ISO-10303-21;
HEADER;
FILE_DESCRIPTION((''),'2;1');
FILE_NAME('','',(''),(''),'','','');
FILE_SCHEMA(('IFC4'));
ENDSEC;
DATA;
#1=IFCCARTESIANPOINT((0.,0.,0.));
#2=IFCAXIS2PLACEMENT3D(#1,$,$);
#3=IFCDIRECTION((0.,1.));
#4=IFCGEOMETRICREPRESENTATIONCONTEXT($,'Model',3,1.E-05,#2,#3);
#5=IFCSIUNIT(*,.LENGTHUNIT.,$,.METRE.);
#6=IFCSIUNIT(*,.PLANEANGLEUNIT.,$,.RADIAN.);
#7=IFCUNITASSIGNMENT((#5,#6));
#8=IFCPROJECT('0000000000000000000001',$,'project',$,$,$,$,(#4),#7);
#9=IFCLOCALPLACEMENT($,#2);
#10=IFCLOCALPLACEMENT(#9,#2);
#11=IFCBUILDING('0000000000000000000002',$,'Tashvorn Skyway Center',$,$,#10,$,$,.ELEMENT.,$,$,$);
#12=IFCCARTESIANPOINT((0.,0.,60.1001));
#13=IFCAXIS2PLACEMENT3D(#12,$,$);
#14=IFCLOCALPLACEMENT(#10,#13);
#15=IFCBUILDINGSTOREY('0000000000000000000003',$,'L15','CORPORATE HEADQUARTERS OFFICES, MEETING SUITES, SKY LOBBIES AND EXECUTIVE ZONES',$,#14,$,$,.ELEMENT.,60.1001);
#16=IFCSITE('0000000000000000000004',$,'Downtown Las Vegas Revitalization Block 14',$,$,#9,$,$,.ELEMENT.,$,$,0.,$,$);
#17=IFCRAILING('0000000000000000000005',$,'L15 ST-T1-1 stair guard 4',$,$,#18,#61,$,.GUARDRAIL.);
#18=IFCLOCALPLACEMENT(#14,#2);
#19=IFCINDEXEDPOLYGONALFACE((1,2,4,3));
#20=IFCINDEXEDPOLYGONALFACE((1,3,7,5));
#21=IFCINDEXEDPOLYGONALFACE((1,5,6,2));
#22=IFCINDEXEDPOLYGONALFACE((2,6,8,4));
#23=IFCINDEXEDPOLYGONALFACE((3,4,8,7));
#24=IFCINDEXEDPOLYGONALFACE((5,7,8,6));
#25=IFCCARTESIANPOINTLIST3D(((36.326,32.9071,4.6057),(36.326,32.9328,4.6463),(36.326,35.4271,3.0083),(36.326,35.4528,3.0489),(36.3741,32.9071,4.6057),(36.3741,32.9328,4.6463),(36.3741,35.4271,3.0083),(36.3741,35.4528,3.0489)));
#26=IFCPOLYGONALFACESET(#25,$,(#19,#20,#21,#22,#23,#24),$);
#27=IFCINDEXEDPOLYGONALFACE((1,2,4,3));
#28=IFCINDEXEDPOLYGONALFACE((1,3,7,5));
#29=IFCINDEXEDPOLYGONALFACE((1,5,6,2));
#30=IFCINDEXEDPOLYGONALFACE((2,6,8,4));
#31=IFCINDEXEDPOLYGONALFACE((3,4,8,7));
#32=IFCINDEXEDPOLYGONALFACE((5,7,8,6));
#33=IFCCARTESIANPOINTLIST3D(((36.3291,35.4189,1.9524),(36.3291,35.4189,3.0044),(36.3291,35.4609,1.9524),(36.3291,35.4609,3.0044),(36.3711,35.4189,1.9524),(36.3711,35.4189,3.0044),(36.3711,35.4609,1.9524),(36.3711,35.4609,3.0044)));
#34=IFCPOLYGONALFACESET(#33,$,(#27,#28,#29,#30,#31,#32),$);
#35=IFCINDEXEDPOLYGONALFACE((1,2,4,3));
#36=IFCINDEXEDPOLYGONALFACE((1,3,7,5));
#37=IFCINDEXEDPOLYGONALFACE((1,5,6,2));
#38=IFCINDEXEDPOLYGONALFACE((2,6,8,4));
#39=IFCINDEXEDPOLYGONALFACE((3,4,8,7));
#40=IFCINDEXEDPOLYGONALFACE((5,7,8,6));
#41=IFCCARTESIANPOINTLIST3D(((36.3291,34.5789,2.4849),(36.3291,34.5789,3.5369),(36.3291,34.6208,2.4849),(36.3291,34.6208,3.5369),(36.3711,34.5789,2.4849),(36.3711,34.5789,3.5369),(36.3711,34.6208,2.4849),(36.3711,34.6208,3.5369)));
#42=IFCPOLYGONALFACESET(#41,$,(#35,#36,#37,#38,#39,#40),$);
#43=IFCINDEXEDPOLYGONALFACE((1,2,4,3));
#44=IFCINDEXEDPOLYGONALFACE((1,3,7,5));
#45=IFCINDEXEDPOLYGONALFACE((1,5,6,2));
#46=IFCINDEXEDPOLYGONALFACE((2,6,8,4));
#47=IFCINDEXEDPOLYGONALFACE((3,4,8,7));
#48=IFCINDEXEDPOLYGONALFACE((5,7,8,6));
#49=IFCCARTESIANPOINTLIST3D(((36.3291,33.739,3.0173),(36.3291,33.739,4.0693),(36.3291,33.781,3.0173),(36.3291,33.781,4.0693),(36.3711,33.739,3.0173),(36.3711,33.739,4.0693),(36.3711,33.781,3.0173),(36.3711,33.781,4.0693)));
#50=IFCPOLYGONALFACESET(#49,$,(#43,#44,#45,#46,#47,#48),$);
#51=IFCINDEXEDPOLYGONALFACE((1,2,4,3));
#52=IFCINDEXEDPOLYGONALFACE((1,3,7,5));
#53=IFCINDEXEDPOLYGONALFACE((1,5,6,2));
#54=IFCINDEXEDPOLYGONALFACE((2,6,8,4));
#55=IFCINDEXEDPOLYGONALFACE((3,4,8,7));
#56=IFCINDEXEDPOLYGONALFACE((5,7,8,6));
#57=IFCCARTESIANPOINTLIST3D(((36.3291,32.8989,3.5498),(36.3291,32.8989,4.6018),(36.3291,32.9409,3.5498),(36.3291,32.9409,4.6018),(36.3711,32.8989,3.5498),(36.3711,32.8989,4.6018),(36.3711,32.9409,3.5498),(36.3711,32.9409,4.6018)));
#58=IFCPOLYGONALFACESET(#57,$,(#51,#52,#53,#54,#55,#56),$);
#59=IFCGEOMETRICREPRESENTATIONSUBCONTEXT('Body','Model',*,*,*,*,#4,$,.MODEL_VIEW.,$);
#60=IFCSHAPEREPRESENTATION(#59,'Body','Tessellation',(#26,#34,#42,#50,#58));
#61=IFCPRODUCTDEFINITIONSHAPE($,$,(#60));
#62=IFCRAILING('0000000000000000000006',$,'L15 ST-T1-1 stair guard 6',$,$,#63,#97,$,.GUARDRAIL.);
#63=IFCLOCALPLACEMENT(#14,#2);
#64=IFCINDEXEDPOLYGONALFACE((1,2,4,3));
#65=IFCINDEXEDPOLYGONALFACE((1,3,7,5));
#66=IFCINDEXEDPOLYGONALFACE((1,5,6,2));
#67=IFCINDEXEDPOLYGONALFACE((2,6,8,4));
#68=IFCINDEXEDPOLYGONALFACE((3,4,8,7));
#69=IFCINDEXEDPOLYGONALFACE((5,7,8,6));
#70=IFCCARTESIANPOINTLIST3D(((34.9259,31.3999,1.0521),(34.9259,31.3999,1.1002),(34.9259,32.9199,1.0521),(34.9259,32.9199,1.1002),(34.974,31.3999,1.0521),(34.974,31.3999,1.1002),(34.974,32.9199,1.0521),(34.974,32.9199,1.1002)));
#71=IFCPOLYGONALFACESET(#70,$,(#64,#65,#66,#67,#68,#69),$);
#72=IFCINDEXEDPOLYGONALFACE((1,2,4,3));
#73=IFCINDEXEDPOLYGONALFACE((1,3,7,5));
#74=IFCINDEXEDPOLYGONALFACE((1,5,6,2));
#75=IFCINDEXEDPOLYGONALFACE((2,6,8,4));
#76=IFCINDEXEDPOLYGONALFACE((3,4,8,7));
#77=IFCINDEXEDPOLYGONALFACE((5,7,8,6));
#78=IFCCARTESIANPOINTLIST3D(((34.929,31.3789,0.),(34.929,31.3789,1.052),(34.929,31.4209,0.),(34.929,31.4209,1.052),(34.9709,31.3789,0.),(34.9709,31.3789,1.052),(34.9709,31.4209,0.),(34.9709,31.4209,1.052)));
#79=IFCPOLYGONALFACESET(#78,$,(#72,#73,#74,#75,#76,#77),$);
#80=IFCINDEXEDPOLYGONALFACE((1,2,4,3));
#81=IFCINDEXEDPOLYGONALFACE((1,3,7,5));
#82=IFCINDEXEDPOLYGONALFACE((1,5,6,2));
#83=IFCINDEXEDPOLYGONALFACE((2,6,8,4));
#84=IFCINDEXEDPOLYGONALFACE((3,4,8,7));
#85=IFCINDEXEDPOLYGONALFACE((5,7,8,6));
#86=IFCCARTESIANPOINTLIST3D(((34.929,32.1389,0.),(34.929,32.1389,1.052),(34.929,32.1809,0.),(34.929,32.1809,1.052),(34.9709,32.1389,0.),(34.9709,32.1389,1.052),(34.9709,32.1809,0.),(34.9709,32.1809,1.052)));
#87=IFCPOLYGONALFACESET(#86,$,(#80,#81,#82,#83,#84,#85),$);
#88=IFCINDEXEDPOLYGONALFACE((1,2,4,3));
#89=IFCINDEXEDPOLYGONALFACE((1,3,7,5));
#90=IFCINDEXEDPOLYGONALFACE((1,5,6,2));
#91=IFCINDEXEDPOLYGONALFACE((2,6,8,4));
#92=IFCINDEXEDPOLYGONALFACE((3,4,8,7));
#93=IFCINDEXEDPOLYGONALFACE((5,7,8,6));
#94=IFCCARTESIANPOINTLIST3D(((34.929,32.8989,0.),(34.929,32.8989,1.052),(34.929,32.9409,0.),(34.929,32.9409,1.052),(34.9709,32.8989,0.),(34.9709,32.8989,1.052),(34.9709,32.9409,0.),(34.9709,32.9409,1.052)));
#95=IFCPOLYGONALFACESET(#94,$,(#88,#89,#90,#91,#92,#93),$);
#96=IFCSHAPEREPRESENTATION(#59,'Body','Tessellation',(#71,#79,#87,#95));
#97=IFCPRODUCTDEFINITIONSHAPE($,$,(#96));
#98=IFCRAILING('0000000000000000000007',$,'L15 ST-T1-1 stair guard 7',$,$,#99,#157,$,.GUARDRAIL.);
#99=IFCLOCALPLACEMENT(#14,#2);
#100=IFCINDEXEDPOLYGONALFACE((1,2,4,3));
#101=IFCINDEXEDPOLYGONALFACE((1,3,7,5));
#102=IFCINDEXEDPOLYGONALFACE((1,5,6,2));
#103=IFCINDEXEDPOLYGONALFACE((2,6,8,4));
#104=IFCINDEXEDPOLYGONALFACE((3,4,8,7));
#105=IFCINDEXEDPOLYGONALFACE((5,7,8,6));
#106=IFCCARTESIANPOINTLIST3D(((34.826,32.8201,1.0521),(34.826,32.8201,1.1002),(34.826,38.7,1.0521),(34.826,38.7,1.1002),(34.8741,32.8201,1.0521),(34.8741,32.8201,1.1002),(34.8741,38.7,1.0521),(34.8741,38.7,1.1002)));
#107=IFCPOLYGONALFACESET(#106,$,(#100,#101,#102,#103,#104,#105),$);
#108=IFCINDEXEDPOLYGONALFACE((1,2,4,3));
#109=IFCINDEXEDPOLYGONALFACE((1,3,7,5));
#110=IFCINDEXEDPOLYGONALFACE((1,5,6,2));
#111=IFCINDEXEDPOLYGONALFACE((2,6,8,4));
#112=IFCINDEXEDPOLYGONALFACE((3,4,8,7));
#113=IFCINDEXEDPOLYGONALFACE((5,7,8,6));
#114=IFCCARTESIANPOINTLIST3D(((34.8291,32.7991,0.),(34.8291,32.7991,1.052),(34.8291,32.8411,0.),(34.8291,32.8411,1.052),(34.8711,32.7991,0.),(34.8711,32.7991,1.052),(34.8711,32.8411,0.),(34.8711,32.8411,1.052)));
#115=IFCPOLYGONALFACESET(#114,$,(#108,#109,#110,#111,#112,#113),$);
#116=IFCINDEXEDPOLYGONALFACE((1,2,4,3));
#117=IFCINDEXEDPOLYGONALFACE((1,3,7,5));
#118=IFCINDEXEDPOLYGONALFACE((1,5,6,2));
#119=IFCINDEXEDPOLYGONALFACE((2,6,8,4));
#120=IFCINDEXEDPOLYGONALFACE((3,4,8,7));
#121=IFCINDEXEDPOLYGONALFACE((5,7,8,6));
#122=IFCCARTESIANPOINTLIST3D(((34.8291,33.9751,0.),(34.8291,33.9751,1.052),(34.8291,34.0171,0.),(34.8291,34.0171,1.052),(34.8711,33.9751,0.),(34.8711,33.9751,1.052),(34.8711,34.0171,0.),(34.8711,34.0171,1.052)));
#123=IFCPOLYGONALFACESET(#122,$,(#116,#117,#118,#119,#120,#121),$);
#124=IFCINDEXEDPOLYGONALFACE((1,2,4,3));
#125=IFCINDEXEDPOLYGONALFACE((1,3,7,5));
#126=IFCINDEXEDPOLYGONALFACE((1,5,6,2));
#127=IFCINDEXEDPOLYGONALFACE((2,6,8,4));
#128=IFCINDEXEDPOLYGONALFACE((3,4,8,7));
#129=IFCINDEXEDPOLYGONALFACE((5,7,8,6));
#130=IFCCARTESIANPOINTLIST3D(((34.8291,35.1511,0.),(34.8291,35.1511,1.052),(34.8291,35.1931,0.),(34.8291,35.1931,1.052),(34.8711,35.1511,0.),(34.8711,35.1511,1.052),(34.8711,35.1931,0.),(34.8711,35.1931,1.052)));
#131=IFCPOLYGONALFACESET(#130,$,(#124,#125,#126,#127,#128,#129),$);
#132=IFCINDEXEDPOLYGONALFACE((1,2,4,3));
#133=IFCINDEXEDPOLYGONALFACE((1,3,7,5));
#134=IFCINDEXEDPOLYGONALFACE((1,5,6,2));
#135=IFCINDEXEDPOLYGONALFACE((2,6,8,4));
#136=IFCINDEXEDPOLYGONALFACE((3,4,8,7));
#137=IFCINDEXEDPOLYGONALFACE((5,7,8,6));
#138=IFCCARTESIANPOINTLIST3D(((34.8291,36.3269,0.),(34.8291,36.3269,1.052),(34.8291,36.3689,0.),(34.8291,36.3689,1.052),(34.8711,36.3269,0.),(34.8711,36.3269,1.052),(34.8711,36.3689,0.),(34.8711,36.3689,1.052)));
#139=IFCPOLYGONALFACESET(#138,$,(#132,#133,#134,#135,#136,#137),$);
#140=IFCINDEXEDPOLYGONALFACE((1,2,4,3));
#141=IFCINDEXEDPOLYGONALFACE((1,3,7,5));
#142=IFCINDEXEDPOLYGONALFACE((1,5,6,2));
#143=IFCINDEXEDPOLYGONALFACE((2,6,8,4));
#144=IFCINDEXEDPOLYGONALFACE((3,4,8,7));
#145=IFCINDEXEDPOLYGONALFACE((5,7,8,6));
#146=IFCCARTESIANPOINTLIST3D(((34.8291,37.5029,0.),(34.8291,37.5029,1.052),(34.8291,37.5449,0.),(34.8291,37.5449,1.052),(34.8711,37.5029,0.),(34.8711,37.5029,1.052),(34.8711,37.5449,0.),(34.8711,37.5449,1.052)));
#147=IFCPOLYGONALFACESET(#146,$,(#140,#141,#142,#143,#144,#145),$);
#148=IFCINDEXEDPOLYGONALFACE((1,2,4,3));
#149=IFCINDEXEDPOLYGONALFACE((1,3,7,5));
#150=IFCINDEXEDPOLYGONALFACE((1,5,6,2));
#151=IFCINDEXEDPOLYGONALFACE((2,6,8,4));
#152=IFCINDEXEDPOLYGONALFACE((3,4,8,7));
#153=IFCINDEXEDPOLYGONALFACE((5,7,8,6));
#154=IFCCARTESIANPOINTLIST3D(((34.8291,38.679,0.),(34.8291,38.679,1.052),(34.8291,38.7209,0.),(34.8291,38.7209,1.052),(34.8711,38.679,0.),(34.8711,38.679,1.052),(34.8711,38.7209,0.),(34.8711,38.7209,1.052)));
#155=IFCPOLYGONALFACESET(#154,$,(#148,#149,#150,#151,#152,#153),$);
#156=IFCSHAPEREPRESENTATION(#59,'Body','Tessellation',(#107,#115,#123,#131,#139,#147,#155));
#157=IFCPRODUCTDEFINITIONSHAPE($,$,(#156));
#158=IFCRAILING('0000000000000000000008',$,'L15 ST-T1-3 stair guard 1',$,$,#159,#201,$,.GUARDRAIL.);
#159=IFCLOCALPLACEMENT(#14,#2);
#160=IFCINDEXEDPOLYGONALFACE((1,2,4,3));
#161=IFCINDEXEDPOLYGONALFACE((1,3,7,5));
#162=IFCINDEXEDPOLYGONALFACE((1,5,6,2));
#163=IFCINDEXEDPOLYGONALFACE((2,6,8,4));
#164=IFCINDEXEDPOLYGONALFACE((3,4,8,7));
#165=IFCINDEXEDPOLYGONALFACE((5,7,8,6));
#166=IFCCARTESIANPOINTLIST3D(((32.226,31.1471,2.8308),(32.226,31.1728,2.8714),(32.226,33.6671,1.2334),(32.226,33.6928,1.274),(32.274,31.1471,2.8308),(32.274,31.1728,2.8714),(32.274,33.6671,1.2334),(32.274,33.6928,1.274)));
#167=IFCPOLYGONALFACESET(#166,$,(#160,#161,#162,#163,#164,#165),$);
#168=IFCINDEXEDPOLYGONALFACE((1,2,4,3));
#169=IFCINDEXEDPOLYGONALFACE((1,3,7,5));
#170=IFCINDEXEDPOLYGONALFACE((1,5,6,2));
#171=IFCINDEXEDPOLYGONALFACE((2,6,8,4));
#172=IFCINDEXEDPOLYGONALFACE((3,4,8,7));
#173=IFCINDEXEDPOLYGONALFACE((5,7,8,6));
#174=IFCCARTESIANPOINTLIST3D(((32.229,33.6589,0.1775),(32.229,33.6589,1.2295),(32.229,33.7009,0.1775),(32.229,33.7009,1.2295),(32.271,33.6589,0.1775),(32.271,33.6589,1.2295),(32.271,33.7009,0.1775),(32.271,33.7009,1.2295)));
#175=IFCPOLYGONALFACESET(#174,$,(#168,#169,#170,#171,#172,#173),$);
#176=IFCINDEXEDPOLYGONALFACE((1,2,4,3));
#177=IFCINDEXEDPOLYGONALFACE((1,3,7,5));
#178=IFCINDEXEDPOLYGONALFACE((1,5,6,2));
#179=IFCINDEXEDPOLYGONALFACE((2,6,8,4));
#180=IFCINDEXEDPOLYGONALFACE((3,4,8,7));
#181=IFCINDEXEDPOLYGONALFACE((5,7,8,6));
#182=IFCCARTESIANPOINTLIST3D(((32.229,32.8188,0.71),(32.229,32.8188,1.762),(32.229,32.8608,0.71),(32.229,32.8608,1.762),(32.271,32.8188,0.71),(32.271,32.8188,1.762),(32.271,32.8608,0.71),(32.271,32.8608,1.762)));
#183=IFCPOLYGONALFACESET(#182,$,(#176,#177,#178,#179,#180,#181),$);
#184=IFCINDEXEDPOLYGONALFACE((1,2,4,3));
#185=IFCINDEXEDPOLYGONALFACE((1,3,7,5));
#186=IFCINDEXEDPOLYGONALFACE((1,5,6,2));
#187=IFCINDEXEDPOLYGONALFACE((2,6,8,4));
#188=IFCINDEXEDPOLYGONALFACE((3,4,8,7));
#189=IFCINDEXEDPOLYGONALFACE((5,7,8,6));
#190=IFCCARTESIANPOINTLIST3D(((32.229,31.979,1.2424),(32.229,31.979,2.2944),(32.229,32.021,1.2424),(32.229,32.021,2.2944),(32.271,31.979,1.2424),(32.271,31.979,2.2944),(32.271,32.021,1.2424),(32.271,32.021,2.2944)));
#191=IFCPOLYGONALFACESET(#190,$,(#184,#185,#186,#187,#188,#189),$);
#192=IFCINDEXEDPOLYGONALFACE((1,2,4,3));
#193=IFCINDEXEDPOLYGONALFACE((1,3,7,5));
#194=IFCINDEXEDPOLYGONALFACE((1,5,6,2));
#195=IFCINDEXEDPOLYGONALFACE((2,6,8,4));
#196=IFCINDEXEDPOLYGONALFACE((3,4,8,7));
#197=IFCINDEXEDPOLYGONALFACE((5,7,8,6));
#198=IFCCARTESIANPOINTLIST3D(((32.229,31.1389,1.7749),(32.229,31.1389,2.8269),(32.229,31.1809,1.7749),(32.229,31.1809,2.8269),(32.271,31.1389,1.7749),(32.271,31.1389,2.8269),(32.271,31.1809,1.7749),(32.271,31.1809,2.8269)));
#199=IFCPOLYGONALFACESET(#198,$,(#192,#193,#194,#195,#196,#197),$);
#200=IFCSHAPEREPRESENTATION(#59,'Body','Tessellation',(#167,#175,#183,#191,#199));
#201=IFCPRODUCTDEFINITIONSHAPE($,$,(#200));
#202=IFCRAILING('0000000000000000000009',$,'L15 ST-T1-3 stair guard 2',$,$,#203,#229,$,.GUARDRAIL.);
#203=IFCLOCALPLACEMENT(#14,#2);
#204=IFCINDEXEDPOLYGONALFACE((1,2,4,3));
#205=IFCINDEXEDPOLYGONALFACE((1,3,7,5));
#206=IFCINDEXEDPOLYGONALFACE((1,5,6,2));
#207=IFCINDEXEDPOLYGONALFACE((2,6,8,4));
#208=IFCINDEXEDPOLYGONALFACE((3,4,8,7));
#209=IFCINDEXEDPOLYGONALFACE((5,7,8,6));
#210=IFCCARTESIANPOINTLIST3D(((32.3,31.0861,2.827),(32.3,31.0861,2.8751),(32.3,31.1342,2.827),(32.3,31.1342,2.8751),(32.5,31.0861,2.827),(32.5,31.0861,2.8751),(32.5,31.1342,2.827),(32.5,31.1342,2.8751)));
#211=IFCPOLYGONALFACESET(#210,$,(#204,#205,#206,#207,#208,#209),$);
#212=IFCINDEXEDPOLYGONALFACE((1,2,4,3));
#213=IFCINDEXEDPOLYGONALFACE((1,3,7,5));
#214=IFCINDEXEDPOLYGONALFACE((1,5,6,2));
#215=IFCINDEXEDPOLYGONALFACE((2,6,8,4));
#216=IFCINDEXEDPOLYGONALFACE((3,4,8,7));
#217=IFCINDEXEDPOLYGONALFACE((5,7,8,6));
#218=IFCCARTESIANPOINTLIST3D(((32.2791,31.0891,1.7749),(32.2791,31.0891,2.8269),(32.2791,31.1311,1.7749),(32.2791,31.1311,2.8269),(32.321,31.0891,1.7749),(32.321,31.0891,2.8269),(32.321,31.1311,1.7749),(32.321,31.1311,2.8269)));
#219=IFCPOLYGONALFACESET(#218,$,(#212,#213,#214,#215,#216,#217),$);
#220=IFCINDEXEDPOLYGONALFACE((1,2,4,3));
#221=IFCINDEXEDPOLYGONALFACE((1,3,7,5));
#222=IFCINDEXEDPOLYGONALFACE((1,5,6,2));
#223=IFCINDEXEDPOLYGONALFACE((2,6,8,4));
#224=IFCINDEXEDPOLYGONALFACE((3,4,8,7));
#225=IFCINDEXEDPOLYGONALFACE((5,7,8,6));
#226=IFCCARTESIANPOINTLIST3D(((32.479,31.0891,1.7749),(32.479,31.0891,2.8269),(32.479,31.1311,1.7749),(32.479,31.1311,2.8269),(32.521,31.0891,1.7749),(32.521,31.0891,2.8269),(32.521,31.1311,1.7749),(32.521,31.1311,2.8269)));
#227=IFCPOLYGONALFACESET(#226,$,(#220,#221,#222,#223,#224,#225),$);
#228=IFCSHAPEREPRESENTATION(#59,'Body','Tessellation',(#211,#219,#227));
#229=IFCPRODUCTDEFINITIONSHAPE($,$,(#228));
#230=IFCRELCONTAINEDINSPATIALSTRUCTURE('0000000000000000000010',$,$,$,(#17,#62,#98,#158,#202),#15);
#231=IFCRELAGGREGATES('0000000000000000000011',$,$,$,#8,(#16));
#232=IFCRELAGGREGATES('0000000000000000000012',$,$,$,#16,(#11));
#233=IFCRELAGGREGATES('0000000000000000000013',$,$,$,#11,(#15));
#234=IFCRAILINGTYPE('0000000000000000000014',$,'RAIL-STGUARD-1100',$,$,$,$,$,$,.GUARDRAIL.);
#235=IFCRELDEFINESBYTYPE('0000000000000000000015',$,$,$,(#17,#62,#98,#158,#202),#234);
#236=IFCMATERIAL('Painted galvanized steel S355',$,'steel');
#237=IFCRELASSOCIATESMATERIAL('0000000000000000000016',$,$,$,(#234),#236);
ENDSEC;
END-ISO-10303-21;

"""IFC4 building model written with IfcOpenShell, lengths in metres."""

from ifc_helpers import new_model, si_unit, direction, frame, origin, origin_2d, place, context, subcontext, project, spatial, rectangle, extrude, material, type_object, element, save


model = new_model("IFC4")

# Units and contexts
model_context = context("Model", 3, precision=1e-05, world=origin(), true_north=direction((0.0, 1.0)))
body_context = subcontext(model_context, "Body", "Model", "MODEL_VIEW")
ifc_project = project(units=[si_unit("LENGTHUNIT", "METRE"), si_unit("PLANEANGLEUNIT", "RADIAN")], contexts=[model_context])

# Site, building, storey
site_placement = place(None, origin())
site = spatial("IfcSite", under=ifc_project, at=site_placement, Name="Downtown Las Vegas Revitalization Block 14", CompositionType="ELEMENT", RefElevation=0.0)
building_placement = place(site_placement, origin())
building = spatial("IfcBuilding", under=site, at=building_placement, Name="Tashvorn Skyway Center", CompositionType="ELEMENT")
storey_placement = place(building_placement, frame((0.0, 0.0, 60.1001)))
storey = spatial("IfcBuildingStorey", under=building, at=storey_placement, Name="L15", Description="CORPORATE HEADQUARTERS OFFICES, MEETING SUITES, SKY LOBBIES AND EXECUTIVE ZONES", CompositionType="ELEMENT", Elevation=60.1001)

# Railings
ifc_material_1 = material(Name="Painted galvanized steel S355", Category="steel")
railing_type_1 = type_object("IfcRailingType", Name="RAIL-STGUARD-1100", PredefinedType="GUARDRAIL", material=ifc_material_1)
railing_1_placement = place(storey_placement, frame((36.3501, 35.4399, 1.9524)))
element("IfcRailing", 1, at=railing_1_placement, inside=storey, type_object=railing_type_1, Name="L15 ST-T1-1 stair guard 4", PredefinedType="GUARDRAIL", context=body_context, shape_type="SweptSolid", body=[
    extrude(rectangle(XDim=0.0481, YDim=0.0481, at=origin_2d()), frame((0.0, 0.0, 1.0762), z_axis=(0.0, -0.844607, 0.535387), x_axis=(1.0, 0.0, 0.0)), (0.0, 0.0, 1.0), 2.9836),
    extrude(rectangle(XDim=0.042, YDim=0.042, at=origin_2d()), origin(), (0.0, 0.0, 1.0), 1.052),
    extrude(rectangle(XDim=0.042, YDim=0.042, at=origin_2d()), frame((0.0, -0.8401, 0.5325)), (0.0, 0.0, 1.0), 1.052),
    extrude(rectangle(XDim=0.042, YDim=0.042, at=origin_2d()), frame((0.0, -1.6799, 1.0649)), (0.0, 0.0, 1.0), 1.052),
    extrude(rectangle(XDim=0.042, YDim=0.042, at=origin_2d()), frame((0.0, -2.52, 1.5974)), (0.0, 0.0, 1.0), 1.052),
])
railing_2_placement = place(storey_placement, frame((34.95, 31.3999, 0.0)))
element("IfcRailing", 2, at=railing_2_placement, inside=storey, type_object=railing_type_1, Name="L15 ST-T1-1 stair guard 6", PredefinedType="GUARDRAIL", context=body_context, shape_type="SweptSolid", body=[
    extrude(rectangle(XDim=0.0481, YDim=0.0481, at=origin_2d()), frame((0.0, 0.0, 1.0762), z_axis=(0.0, 1.0, 0.0), x_axis=(-1.0, 0.0, 0.0)), (0.0, 0.0, 1.0), 1.52),
    extrude(rectangle(XDim=0.042, YDim=0.042, at=origin_2d()), origin(), (0.0, 0.0, 1.0), 1.052),
    extrude(rectangle(XDim=0.042, YDim=0.042, at=origin_2d()), frame((0.0, 0.76, 0.0)), (0.0, 0.0, 1.0), 1.052),
    extrude(rectangle(XDim=0.042, YDim=0.042, at=origin_2d()), frame((0.0, 1.52, 0.0)), (0.0, 0.0, 1.0), 1.052),
])
railing_3_placement = place(storey_placement, frame((34.8501, 32.8201, 0.0)))
element("IfcRailing", 3, at=railing_3_placement, inside=storey, type_object=railing_type_1, Name="L15 ST-T1-1 stair guard 7", PredefinedType="GUARDRAIL", context=body_context, shape_type="SweptSolid", body=[
    extrude(rectangle(XDim=0.0481, YDim=0.0481, at=origin_2d()), frame((0.0, 0.0, 1.0762), z_axis=(0.0, 1.0, 0.0), x_axis=(-1.0, 0.0, 0.0)), (0.0, 0.0, 1.0), 5.8799),
    extrude(rectangle(XDim=0.042, YDim=0.042, at=origin_2d()), origin(), (0.0, 0.0, 1.0), 1.052),
    extrude(rectangle(XDim=0.042, YDim=0.042, at=origin_2d()), frame((0.0, 1.176, 0.0)), (0.0, 0.0, 1.0), 1.052),
    extrude(rectangle(XDim=0.042, YDim=0.042, at=origin_2d()), frame((0.0, 2.3521, 0.0)), (0.0, 0.0, 1.0), 1.052),
    extrude(rectangle(XDim=0.042, YDim=0.042, at=origin_2d()), frame((0.0, 3.5278, 0.0)), (0.0, 0.0, 1.0), 1.052),
    extrude(rectangle(XDim=0.042, YDim=0.042, at=origin_2d()), frame((0.0, 4.7039, 0.0)), (0.0, 0.0, 1.0), 1.052),
    extrude(rectangle(XDim=0.042, YDim=0.042, at=origin_2d()), frame((0.0, 5.8799, 0.0)), (0.0, 0.0, 1.0), 1.052),
])
railing_4_placement = place(storey_placement, frame((32.25, 33.6799, 0.1775)))
element("IfcRailing", 4, at=railing_4_placement, inside=storey, type_object=railing_type_1, Name="L15 ST-T1-3 stair guard 1", PredefinedType="GUARDRAIL", context=body_context, shape_type="SweptSolid", body=[
    extrude(rectangle(XDim=0.0481, YDim=0.0481, at=origin_2d()), frame((0.0, 0.0, 1.0762), z_axis=(0.0, -0.844607, 0.535387), x_axis=(1.0, 0.0, 0.0)), (0.0, 0.0, 1.0), 2.9836),
    extrude(rectangle(XDim=0.042, YDim=0.042, at=origin_2d()), origin(), (0.0, 0.0, 1.0), 1.052),
    extrude(rectangle(XDim=0.042, YDim=0.042, at=origin_2d()), frame((0.0, -0.8401, 0.5325)), (0.0, 0.0, 1.0), 1.052),
    extrude(rectangle(XDim=0.042, YDim=0.042, at=origin_2d()), frame((0.0, -1.6799, 1.0649)), (0.0, 0.0, 1.0), 1.052),
    extrude(rectangle(XDim=0.042, YDim=0.042, at=origin_2d()), frame((0.0, -2.52, 1.5974)), (0.0, 0.0, 1.0), 1.052),
])
railing_5_placement = place(storey_placement, frame((32.3, 31.1101, 1.7749)))
element("IfcRailing", 5, at=railing_5_placement, inside=storey, type_object=railing_type_1, Name="L15 ST-T1-3 stair guard 2", PredefinedType="GUARDRAIL", context=body_context, shape_type="SweptSolid", body=[
    extrude(rectangle(XDim=0.0481, YDim=0.0481, at=origin_2d()), frame((0.0, 0.0, 1.0762), z_axis=(1.0, 0.0, 0.0), x_axis=(0.0, 1.0, 0.0)), (0.0, 0.0, 1.0), 0.2),
    extrude(rectangle(XDim=0.042, YDim=0.042, at=origin_2d()), origin(), (0.0, 0.0, 1.0), 1.052),
    extrude(rectangle(XDim=0.042, YDim=0.042, at=origin_2d()), frame((0.2, 0.0, 0.0)), (0.0, 0.0, 1.0), 1.052),
])

save(model, "model.ifc")
